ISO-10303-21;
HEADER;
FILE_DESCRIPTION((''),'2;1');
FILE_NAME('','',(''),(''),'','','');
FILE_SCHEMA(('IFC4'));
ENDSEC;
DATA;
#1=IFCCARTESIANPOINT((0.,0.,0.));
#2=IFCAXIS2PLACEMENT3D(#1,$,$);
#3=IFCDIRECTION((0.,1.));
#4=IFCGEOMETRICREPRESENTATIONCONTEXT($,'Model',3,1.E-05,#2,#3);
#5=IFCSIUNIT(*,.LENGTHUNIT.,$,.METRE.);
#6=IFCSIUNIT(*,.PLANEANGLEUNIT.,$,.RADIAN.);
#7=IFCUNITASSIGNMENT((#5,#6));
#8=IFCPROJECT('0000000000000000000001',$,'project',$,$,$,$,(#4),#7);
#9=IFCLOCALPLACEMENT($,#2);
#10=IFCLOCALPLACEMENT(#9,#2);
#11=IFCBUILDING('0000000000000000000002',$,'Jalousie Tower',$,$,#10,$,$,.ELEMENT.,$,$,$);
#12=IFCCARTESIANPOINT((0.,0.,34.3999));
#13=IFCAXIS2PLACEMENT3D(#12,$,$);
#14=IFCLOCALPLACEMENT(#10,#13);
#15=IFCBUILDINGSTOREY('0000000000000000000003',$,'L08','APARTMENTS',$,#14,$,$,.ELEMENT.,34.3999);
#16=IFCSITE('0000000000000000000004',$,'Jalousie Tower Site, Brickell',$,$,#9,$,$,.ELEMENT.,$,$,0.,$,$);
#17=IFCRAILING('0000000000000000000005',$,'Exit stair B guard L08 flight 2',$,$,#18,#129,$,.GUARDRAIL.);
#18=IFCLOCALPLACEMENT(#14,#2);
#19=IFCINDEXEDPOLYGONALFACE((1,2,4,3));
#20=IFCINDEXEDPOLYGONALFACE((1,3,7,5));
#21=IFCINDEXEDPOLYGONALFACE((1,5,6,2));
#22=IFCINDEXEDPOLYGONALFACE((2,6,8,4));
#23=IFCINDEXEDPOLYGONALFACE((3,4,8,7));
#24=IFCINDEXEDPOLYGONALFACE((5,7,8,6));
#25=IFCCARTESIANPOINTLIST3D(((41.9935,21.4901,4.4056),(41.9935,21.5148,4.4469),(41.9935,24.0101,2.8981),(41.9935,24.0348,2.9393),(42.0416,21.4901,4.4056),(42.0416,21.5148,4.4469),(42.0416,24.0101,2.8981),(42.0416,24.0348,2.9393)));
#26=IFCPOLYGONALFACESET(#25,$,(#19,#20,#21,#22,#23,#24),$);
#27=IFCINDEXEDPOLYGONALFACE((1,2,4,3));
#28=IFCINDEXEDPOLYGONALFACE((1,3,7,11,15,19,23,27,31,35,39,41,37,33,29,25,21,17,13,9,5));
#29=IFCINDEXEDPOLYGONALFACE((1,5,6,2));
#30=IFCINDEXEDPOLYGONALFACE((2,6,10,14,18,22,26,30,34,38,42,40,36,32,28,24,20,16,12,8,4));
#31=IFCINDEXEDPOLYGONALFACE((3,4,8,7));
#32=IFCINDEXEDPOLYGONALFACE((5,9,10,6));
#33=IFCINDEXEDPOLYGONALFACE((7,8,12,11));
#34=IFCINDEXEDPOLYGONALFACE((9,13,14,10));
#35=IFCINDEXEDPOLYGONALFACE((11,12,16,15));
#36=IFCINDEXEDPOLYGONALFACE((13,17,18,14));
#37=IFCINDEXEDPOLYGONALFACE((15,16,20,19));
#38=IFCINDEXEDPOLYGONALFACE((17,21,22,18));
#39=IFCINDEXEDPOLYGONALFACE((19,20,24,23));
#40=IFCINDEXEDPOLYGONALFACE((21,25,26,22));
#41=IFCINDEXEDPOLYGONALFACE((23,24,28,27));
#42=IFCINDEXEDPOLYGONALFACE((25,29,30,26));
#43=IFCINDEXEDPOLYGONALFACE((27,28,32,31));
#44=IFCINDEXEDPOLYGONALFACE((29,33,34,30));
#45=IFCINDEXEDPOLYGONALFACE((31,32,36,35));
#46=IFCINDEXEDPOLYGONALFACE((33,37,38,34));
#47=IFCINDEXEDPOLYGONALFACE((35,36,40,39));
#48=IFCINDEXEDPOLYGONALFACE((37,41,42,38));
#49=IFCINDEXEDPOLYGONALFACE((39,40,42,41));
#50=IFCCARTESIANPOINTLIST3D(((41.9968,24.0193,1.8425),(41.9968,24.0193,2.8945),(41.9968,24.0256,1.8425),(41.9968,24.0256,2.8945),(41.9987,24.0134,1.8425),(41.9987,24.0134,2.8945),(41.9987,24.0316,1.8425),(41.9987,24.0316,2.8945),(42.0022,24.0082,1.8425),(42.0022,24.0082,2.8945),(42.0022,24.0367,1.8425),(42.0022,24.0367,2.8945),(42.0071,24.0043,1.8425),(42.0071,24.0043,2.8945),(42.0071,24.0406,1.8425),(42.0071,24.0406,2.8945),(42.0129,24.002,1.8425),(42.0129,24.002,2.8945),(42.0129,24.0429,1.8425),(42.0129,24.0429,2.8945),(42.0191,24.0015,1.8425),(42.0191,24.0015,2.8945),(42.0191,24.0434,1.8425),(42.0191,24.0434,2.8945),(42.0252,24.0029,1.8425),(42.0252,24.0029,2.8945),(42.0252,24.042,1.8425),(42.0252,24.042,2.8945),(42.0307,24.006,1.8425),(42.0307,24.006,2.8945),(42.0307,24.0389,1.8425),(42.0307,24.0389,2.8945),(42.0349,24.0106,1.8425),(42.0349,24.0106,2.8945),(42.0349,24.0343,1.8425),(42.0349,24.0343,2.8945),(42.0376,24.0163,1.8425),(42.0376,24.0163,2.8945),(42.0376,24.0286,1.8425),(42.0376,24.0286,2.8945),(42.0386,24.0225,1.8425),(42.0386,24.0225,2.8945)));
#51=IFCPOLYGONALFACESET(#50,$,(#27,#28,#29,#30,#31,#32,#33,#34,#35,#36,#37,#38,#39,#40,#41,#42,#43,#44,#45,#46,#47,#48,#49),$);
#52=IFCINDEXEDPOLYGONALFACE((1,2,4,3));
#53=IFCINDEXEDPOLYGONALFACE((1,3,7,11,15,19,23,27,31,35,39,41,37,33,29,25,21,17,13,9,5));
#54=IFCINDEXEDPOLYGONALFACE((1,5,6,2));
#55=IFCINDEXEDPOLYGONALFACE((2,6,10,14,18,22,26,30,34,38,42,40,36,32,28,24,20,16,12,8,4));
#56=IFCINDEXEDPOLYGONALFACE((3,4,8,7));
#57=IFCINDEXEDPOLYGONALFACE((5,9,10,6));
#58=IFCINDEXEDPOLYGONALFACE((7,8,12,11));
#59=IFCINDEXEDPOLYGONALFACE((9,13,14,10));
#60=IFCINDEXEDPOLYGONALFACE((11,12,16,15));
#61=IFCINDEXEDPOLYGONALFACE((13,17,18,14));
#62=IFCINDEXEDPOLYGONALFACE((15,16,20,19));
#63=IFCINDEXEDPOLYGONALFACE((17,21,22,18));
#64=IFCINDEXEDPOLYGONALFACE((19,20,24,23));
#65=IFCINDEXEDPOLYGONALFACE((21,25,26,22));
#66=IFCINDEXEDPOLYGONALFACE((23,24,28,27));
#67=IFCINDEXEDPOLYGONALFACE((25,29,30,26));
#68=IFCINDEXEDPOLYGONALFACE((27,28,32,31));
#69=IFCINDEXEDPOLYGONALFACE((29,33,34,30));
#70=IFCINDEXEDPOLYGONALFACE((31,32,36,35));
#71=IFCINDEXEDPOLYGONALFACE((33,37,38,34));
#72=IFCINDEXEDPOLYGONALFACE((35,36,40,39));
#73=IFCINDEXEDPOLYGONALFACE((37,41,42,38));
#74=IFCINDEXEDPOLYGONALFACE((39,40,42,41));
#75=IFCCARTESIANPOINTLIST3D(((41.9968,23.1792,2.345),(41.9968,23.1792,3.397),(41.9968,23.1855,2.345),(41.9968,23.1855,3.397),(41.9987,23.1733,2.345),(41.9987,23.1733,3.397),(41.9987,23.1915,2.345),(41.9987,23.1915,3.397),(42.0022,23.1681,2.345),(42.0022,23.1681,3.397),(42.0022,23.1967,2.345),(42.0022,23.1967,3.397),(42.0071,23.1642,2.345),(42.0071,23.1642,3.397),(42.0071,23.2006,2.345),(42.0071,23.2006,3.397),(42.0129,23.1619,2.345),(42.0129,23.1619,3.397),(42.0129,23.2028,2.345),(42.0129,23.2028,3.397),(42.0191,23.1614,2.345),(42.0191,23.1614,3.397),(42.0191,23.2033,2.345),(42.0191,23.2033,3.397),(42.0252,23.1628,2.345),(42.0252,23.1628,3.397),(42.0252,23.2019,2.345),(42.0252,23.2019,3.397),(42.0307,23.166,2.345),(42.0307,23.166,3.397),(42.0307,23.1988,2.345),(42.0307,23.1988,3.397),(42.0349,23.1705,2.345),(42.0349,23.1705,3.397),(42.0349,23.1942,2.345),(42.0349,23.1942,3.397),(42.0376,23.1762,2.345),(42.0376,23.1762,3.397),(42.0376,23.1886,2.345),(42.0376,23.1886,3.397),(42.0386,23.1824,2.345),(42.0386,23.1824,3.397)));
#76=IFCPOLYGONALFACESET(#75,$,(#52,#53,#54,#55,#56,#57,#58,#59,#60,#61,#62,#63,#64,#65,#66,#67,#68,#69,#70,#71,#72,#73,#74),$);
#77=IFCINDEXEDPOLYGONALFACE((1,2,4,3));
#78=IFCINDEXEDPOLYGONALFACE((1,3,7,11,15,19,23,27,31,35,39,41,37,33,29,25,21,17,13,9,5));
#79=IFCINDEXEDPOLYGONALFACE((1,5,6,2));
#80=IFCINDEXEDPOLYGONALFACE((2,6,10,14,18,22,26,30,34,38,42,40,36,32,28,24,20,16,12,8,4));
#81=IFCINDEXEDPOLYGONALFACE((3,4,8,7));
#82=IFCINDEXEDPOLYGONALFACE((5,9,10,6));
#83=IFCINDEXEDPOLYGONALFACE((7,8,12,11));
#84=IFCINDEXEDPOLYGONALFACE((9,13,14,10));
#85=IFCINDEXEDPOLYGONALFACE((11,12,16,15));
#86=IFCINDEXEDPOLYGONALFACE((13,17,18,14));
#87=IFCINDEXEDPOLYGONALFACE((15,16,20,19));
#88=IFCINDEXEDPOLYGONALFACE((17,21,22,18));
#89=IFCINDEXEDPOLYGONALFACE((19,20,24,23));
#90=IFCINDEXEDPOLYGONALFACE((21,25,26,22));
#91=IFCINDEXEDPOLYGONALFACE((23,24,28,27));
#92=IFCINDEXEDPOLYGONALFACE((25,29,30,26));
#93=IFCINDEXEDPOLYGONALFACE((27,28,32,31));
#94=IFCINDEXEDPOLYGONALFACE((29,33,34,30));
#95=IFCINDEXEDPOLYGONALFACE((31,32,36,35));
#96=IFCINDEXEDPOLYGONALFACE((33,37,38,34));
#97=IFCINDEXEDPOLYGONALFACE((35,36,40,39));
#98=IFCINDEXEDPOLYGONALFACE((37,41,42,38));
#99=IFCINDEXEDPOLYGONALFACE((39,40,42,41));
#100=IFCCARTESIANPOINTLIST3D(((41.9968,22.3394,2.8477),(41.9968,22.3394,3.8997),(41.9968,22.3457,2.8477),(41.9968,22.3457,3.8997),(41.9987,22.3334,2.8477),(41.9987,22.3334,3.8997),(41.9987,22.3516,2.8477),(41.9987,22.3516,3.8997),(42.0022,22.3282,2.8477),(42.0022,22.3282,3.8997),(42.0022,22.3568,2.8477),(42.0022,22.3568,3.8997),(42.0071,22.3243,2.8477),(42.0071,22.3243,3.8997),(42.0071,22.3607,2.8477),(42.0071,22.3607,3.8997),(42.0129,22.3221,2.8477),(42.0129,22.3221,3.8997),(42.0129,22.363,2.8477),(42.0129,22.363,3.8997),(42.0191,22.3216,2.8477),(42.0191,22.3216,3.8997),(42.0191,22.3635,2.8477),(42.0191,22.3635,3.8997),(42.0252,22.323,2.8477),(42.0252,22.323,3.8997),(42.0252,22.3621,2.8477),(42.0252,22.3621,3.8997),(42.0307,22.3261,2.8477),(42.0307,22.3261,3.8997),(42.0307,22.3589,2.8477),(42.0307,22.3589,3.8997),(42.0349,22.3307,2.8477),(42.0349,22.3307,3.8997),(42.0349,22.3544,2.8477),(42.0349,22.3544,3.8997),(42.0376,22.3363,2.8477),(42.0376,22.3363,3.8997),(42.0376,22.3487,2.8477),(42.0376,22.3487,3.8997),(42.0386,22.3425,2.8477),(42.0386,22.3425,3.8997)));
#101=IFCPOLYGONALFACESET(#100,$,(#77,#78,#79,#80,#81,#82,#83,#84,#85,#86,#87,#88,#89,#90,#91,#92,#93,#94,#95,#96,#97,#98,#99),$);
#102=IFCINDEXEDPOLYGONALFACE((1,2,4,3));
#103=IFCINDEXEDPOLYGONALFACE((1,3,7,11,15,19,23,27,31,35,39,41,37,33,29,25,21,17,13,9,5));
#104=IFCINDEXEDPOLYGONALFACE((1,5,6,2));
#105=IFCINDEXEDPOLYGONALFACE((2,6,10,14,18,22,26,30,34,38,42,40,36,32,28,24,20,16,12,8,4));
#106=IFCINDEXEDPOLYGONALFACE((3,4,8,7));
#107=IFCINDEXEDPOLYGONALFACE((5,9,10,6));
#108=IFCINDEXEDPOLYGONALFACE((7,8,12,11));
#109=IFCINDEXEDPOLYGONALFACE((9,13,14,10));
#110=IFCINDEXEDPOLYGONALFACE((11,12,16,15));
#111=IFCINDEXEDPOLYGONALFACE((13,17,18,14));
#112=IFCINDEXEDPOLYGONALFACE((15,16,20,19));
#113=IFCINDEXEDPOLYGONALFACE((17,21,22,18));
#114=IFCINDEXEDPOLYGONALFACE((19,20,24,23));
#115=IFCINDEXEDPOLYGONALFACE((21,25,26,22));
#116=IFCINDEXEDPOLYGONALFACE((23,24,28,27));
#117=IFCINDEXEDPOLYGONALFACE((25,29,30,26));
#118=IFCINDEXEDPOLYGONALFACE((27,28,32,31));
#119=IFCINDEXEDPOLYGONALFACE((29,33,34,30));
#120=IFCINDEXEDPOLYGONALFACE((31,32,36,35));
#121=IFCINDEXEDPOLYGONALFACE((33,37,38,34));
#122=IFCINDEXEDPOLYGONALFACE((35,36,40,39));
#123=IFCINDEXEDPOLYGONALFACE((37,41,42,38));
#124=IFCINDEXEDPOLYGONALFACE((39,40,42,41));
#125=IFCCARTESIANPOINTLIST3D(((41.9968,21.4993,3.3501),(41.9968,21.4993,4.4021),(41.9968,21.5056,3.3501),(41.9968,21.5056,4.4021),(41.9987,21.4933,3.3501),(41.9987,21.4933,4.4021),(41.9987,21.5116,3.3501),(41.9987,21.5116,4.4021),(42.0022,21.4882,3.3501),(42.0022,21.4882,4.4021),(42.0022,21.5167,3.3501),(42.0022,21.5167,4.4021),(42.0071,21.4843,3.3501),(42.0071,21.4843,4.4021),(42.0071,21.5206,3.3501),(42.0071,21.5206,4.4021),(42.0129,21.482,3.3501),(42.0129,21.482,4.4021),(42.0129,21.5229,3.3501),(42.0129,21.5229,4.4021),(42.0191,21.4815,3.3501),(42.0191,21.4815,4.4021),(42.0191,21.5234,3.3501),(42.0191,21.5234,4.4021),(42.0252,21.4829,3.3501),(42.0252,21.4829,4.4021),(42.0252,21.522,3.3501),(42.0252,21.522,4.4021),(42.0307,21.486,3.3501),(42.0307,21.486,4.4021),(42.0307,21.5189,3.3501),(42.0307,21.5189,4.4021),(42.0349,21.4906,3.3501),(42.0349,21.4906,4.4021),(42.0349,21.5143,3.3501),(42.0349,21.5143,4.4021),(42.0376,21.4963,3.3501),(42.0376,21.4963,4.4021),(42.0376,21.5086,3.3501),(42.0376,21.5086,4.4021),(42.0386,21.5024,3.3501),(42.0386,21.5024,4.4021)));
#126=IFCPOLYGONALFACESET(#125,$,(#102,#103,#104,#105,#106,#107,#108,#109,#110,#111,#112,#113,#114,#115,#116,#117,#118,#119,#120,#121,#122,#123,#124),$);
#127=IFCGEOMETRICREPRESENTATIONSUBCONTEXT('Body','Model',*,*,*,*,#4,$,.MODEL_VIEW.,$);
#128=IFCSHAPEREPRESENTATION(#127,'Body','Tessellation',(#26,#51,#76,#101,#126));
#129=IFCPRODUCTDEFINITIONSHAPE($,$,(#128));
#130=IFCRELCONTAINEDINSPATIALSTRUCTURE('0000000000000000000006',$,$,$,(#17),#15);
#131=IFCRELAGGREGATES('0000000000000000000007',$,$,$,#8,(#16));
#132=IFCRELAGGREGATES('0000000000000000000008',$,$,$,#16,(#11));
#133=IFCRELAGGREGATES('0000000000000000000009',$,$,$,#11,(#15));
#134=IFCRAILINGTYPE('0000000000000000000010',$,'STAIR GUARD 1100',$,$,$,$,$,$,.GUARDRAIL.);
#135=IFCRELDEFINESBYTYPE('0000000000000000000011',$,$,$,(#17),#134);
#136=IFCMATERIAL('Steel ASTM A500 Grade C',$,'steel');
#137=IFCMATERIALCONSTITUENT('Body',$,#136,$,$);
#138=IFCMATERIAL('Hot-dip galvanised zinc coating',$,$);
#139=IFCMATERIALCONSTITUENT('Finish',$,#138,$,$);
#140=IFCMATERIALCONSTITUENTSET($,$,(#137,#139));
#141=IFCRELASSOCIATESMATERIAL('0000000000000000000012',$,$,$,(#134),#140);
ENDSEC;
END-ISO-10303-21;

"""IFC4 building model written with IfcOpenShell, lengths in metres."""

from ifc_helpers import new_model, si_unit, direction, frame, origin, origin_2d, place, context, subcontext, project, spatial, rectangle, circle, extrude, material, constituent, constituent_set, type_object, element, save


model = new_model("IFC4")

# Units and contexts
model_context = context("Model", 3, precision=1e-05, world=origin(), true_north=direction((0.0, 1.0)))
body_context = subcontext(model_context, "Body", "Model", "MODEL_VIEW")
ifc_project = project(units=[si_unit("LENGTHUNIT", "METRE"), si_unit("PLANEANGLEUNIT", "RADIAN")], contexts=[model_context])

# Site, building, storey
site_placement = place(None, origin())
site = spatial("IfcSite", under=ifc_project, at=site_placement, Name="Jalousie Tower Site, Brickell", CompositionType="ELEMENT", RefElevation=0.0)
building_placement = place(site_placement, origin())
building = spatial("IfcBuilding", under=site, at=building_placement, Name="Jalousie Tower", CompositionType="ELEMENT")
storey_placement = place(building_placement, frame((0.0, 0.0, 34.3999)))
storey = spatial("IfcBuildingStorey", under=building, at=storey_placement, Name="L08", Description="APARTMENTS", CompositionType="ELEMENT", Elevation=34.3999)

# Railing
ifc_material_1 = material(Name="Steel ASTM A500 Grade C", Category="steel")
ifc_constituent_1 = constituent(ifc_material_1, Name="Body")
ifc_material_2 = material(Name="Hot-dip galvanised zinc coating")
ifc_constituent_2 = constituent(ifc_material_2, Name="Finish")
ifc_constituent_set_1 = constituent_set(constituents=[ifc_constituent_1, ifc_constituent_2])
railing_type_1 = type_object("IfcRailingType", Name="STAIR GUARD 1100", PredefinedType="GUARDRAIL", material=ifc_constituent_set_1)
railing_1_placement = place(storey_placement, frame((42.0176, 24.0225, 1.8425)))
element("IfcRailing", 1, at=railing_1_placement, inside=storey, type_object=railing_type_1, Name="Exit stair B guard L08 flight 2", PredefinedType="GUARDRAIL", context=body_context, shape_type="SweptSolid", body=[
    extrude(rectangle(XDim=0.0481, YDim=0.0481, at=origin_2d()), frame((0.0, 0.0, 1.0762), z_axis=(0.0, -0.85816, 0.513383), x_axis=(1.0, 0.0, 0.0)), (0.0, 0.0, 1.0), 2.9365),
    extrude(circle(Radius=0.021, at=origin_2d()), origin(), (0.0, 0.0, 1.0), 1.052),
    extrude(circle(Radius=0.021, at=origin_2d()), frame((0.0, -0.8401, 0.5024)), (0.0, 0.0, 1.0), 1.052),
    extrude(circle(Radius=0.021, at=origin_2d()), frame((0.0, -1.6799, 1.0051)), (0.0, 0.0, 1.0), 1.052),
    extrude(circle(Radius=0.021, at=origin_2d()), frame((0.0, -2.52, 1.5076)), (0.0, 0.0, 1.0), 1.052),
])

save(model, "model.ifc")
